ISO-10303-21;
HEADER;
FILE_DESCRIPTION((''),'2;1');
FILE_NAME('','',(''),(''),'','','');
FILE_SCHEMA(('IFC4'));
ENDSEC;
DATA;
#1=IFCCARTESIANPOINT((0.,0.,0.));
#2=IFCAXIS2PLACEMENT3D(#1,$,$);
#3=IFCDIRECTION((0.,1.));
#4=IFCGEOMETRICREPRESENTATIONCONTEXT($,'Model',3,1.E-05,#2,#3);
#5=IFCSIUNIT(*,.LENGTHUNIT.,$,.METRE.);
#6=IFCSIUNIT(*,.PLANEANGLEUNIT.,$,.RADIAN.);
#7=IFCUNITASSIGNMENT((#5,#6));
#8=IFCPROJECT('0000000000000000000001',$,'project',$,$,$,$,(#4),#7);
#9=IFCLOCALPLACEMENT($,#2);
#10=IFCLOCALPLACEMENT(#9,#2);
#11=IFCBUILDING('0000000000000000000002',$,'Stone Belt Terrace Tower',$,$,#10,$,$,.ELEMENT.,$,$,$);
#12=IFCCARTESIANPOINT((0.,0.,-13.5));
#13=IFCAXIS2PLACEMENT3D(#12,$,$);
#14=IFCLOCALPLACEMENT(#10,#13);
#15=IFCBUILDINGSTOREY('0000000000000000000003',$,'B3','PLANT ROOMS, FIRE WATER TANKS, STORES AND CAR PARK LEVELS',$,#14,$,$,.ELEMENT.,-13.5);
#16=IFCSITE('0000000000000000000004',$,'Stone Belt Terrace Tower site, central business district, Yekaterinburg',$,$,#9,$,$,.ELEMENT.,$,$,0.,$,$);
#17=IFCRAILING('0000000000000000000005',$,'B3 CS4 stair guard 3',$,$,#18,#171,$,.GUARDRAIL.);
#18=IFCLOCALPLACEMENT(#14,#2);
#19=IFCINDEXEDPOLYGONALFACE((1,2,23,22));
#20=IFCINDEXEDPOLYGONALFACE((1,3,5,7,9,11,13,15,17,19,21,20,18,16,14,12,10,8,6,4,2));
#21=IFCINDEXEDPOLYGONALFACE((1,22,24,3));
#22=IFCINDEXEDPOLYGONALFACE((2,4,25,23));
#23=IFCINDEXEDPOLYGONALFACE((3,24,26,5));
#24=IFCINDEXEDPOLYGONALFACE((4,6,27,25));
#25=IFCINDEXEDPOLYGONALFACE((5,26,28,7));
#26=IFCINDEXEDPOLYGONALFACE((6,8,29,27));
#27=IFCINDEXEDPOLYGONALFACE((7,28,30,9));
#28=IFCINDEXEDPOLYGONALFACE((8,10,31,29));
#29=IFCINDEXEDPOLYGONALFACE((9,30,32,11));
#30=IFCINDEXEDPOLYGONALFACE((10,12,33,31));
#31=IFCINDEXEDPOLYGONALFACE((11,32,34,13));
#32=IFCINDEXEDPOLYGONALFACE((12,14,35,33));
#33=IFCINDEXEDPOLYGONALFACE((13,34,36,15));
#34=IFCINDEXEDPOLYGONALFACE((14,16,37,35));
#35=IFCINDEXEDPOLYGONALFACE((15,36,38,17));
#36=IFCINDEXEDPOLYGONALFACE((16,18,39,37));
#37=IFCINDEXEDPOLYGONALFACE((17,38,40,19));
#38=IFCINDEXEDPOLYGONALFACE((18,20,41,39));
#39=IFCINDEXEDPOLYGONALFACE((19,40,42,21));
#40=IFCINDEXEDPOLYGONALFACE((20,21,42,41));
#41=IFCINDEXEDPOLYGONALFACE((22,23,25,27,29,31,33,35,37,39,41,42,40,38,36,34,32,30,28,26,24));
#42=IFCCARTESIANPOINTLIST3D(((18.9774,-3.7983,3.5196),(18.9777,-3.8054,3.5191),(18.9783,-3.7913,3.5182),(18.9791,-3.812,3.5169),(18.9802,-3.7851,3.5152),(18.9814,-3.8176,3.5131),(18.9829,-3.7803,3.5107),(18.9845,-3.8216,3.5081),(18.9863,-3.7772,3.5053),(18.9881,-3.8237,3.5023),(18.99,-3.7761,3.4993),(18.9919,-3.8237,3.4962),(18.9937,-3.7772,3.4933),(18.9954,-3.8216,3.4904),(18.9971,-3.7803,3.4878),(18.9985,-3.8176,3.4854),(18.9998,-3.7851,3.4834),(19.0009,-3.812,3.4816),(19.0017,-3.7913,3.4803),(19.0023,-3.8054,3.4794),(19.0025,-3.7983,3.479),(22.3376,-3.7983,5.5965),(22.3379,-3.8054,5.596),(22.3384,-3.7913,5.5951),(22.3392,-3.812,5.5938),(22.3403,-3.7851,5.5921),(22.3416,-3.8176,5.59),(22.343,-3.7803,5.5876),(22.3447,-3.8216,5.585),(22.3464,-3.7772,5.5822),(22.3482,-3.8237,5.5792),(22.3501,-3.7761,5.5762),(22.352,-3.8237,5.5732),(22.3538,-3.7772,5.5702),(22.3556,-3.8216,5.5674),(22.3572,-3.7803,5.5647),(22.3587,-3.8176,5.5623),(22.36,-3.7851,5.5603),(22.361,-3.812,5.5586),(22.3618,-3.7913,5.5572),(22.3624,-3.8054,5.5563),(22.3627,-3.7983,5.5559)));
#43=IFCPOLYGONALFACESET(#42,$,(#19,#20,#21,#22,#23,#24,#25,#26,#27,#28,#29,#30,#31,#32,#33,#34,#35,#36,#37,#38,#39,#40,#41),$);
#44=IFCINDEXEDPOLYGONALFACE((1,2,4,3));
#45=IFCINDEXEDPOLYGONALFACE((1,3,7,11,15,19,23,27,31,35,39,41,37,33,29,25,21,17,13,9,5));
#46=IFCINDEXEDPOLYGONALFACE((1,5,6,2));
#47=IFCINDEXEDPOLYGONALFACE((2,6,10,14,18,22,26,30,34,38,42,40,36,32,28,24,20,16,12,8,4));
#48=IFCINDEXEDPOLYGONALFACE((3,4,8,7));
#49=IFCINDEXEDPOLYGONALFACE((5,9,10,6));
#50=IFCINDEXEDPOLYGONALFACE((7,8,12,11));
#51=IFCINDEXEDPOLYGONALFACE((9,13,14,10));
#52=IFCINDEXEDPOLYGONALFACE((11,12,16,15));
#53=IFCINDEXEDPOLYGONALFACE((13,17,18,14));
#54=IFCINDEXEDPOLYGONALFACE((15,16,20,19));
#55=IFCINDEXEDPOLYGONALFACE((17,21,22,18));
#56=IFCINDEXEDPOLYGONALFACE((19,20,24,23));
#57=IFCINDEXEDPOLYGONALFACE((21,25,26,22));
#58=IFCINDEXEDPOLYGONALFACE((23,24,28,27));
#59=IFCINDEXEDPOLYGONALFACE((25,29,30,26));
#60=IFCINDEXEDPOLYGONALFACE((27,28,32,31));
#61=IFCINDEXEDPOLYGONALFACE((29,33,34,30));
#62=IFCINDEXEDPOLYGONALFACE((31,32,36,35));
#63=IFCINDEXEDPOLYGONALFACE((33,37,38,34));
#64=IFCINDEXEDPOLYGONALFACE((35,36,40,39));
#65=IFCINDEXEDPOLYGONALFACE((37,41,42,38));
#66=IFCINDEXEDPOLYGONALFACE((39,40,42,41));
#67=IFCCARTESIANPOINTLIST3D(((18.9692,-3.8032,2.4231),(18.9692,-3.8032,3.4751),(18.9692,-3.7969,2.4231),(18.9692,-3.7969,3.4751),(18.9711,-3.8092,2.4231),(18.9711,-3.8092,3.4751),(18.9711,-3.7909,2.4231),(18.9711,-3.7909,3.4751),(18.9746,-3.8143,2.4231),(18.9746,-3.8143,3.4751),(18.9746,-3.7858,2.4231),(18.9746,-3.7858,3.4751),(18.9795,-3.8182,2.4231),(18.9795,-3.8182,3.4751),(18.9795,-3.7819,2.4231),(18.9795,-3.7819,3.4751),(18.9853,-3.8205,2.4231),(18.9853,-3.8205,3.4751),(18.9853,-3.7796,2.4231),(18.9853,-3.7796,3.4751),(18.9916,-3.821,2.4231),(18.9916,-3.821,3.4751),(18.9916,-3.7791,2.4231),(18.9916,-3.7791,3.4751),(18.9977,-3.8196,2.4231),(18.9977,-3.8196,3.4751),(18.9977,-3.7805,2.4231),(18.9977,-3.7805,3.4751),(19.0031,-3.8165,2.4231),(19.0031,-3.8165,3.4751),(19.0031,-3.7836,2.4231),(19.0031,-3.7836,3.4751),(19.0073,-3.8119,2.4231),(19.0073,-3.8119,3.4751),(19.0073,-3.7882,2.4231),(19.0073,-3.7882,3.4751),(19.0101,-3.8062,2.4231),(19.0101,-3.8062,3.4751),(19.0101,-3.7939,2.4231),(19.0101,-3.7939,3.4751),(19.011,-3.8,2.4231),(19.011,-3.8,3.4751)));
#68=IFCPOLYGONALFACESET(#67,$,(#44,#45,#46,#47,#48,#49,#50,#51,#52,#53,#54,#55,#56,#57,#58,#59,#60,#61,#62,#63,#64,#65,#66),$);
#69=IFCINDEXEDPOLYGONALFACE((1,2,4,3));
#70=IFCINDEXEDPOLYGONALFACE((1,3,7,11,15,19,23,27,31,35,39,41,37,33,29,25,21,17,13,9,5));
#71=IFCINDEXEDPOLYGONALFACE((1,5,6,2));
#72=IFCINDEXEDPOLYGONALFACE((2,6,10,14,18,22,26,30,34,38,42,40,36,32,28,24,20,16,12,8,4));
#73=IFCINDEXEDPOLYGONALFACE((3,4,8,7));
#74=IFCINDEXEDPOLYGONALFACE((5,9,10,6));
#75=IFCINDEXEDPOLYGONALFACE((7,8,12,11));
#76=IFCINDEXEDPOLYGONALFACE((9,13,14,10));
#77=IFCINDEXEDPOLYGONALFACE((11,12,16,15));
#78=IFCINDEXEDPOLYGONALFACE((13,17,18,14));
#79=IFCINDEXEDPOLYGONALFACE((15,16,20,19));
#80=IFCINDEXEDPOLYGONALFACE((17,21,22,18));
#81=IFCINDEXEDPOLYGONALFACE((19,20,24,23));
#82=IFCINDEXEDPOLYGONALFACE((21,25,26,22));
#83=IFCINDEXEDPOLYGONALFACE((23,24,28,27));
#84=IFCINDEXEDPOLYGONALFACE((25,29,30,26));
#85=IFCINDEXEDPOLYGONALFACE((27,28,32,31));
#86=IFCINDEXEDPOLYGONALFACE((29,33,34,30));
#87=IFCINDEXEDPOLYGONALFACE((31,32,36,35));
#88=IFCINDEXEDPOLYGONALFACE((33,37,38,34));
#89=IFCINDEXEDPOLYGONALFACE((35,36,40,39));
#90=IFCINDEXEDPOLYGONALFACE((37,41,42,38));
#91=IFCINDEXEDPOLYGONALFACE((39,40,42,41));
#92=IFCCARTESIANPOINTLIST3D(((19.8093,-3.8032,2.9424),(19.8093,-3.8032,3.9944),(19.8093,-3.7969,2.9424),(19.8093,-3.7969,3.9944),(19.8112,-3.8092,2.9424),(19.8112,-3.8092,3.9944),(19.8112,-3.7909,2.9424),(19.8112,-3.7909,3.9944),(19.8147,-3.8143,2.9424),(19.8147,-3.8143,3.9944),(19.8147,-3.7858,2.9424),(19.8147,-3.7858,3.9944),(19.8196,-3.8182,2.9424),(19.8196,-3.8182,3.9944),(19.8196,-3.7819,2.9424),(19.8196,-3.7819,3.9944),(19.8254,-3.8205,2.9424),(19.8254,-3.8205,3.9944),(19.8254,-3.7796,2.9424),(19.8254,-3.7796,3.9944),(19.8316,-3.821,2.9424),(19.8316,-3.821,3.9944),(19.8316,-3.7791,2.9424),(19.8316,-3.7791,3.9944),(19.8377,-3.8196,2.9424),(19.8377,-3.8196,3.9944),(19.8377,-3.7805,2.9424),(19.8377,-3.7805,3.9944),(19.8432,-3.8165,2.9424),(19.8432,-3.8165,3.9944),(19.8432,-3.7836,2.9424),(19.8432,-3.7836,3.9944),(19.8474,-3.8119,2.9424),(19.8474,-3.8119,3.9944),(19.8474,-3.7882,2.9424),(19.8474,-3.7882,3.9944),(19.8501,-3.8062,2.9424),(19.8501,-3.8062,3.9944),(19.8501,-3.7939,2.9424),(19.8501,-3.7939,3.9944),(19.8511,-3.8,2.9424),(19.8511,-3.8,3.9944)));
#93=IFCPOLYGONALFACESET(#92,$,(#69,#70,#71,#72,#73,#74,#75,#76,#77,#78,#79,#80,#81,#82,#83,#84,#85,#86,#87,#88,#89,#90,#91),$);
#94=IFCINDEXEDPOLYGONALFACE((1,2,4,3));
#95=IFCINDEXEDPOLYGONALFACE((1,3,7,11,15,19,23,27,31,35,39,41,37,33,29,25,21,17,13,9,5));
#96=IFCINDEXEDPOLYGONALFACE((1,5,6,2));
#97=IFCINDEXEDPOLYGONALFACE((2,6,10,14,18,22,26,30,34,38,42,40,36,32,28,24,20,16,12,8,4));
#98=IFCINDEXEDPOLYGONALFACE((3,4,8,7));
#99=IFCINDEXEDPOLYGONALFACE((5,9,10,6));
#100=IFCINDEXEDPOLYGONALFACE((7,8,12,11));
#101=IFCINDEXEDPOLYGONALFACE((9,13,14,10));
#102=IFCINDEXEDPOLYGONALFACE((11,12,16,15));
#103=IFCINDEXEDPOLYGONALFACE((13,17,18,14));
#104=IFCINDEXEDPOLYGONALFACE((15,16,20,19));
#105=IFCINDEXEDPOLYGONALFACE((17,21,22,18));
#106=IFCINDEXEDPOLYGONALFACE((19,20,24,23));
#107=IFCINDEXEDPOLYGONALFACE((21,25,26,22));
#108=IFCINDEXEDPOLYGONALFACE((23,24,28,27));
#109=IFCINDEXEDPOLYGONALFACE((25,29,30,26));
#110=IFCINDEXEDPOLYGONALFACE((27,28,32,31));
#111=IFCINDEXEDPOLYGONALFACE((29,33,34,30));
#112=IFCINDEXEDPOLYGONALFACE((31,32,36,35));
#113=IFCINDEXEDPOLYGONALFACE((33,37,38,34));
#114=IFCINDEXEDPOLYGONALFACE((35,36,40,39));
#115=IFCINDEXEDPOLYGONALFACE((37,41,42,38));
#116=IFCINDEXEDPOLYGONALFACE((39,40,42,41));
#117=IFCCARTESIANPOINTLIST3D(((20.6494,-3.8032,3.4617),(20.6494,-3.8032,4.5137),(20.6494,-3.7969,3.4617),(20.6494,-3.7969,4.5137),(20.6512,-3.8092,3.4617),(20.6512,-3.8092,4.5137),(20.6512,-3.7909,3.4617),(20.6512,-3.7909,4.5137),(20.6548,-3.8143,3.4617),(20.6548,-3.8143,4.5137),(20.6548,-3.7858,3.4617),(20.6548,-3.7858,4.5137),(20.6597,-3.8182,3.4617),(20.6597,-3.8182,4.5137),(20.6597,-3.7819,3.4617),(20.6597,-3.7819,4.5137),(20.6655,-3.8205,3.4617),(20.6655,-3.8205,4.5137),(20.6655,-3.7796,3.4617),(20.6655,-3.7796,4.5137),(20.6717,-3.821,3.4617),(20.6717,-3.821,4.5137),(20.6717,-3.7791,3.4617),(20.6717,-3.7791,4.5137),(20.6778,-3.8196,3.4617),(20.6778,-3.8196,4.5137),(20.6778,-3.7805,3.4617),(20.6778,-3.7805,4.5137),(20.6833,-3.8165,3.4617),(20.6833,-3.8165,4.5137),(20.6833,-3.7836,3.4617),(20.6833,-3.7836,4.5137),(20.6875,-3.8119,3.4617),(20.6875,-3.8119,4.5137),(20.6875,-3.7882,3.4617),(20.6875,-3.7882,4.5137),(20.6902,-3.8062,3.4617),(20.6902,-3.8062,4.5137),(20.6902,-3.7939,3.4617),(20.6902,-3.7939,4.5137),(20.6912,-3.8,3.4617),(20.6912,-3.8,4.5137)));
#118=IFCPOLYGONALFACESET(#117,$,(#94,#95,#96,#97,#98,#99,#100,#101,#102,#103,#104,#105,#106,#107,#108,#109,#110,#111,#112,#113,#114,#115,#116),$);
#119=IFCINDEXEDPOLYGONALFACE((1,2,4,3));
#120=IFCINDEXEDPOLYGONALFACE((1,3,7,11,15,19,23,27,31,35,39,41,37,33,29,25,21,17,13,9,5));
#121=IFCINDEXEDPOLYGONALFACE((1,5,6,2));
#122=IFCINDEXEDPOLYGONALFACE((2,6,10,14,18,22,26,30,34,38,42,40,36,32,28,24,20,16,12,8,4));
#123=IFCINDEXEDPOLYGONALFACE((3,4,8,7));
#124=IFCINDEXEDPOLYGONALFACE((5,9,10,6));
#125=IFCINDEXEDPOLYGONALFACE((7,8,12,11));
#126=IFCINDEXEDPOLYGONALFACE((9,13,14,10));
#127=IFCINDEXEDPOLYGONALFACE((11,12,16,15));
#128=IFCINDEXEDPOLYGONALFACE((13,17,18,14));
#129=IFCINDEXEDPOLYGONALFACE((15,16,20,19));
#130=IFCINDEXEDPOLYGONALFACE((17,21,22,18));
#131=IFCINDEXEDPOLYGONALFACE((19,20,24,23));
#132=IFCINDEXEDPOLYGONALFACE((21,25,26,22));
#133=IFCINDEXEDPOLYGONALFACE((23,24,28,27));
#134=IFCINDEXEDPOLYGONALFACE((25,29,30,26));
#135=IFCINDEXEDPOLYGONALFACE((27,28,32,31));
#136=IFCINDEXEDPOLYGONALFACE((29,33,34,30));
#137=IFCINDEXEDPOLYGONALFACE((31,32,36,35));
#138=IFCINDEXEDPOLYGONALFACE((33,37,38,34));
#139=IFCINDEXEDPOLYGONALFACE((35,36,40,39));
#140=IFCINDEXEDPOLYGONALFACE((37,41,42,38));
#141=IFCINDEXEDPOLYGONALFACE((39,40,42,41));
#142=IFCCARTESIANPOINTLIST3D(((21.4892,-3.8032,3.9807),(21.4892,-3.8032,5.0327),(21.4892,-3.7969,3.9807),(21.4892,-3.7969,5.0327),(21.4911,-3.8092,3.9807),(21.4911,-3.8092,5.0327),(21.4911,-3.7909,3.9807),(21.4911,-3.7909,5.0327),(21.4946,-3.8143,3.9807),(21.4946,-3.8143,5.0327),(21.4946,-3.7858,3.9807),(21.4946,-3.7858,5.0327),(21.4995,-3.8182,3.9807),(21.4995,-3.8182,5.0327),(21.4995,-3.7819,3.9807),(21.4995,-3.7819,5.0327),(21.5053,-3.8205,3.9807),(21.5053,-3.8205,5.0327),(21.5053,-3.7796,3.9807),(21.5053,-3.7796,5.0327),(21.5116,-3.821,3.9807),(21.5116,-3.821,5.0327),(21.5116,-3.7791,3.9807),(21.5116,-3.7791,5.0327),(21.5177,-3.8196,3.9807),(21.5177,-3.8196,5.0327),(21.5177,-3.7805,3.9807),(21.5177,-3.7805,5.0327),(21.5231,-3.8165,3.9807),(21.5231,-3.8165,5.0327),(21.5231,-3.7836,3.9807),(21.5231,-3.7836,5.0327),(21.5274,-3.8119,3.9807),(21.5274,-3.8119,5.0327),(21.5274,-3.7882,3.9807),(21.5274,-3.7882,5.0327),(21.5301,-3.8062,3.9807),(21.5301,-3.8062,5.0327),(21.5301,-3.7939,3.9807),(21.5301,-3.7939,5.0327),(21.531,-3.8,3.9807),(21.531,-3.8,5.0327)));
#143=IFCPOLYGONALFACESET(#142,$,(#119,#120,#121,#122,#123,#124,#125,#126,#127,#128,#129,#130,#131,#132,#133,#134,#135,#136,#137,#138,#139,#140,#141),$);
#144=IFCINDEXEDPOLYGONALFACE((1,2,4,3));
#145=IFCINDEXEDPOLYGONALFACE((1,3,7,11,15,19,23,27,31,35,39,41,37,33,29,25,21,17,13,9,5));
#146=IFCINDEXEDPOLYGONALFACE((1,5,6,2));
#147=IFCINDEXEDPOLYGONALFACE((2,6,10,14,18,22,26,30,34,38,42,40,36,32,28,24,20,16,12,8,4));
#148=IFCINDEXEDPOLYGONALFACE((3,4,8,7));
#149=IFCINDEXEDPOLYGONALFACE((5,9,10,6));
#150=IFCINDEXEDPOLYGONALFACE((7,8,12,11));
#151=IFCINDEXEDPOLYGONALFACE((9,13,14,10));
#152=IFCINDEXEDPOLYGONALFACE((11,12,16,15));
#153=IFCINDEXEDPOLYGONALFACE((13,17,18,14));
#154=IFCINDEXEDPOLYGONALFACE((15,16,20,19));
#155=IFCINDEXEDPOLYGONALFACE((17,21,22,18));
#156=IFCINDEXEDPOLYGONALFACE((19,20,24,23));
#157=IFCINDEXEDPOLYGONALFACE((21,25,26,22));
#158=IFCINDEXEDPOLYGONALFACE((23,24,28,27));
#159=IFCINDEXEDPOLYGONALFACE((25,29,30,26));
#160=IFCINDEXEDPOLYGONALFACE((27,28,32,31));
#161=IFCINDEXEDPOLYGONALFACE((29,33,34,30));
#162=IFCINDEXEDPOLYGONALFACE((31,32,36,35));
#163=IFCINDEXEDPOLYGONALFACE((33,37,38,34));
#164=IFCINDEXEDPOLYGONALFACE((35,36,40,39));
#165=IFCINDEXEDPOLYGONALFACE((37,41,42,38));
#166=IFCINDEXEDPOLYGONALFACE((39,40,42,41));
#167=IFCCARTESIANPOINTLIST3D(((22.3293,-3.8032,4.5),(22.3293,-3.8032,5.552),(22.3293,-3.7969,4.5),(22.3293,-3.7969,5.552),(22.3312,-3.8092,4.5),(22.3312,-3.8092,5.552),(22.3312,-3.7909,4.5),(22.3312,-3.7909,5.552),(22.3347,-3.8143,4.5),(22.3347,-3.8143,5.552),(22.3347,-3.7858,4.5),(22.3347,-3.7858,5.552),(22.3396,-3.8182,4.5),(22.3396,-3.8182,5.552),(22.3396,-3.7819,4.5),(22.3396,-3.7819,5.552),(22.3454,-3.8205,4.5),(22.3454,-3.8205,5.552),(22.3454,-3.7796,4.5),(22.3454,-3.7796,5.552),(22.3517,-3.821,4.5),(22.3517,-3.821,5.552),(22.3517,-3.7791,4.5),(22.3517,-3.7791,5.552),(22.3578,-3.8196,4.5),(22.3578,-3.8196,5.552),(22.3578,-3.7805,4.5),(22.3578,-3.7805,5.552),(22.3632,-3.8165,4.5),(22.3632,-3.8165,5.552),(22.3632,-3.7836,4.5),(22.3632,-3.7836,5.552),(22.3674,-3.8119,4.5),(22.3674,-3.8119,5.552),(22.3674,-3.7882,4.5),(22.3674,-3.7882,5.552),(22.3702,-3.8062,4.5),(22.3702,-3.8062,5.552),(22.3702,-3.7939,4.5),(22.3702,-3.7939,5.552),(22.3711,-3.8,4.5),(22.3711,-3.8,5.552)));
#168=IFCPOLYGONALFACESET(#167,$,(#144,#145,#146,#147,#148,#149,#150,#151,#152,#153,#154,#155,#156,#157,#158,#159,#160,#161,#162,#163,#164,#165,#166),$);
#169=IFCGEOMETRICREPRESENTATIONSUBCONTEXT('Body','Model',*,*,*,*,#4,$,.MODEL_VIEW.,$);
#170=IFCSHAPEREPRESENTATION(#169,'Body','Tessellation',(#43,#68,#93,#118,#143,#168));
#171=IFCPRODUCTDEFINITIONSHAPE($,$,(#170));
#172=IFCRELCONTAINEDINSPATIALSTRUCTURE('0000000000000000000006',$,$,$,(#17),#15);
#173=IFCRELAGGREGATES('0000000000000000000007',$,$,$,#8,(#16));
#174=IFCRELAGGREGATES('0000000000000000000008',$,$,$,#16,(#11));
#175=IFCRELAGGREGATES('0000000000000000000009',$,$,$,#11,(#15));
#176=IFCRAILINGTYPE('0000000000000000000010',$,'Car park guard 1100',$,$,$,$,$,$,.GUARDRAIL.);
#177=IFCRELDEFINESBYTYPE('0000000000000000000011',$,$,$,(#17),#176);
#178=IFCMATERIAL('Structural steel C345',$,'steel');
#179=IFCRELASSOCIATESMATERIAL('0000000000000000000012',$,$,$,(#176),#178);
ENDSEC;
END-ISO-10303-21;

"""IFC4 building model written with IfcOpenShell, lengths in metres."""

from ifc_helpers import new_model, si_unit, direction, frame, origin, origin_2d, place, context, subcontext, project, spatial, circle, extrude, material, type_object, element, save


model = new_model("IFC4")

# Units and contexts
model_context = context("Model", 3, precision=1e-05, world=origin(), true_north=direction((0.0, 1.0)))
body_context = subcontext(model_context, "Body", "Model", "MODEL_VIEW")
ifc_project = project(units=[si_unit("LENGTHUNIT", "METRE"), si_unit("PLANEANGLEUNIT", "RADIAN")], contexts=[model_context])

# Site, building, storey
site_placement = place(None, origin())
site = spatial("IfcSite", under=ifc_project, at=site_placement, Name="Stone Belt Terrace Tower site, central business district, Yekaterinburg", CompositionType="ELEMENT", RefElevation=0.0)
building_placement = place(site_placement, origin())
building = spatial("IfcBuilding", under=site, at=building_placement, Name="Stone Belt Terrace Tower", CompositionType="ELEMENT")
storey_placement = place(building_placement, frame((0.0, 0.0, -13.5)))
storey = spatial("IfcBuildingStorey", under=building, at=storey_placement, Name="B3", Description="PLANT ROOMS, FIRE WATER TANKS, STORES AND CAR PARK LEVELS", CompositionType="ELEMENT", Elevation=-13.5)

# Railing
ifc_material_1 = material(Name="Structural steel C345", Category="steel")
railing_type_1 = type_object("IfcRailingType", Name="Car park guard 1100", PredefinedType="GUARDRAIL", material=ifc_material_1)
railing_1_placement = place(storey_placement, frame((18.99, -3.8, 2.4231)))
element("IfcRailing", 1, at=railing_1_placement, inside=storey, type_object=railing_type_1, Name="B3 CS4 stair guard 3", PredefinedType="GUARDRAIL", context=body_context, shape_type="SweptSolid", body=[
    extrude(circle(Radius=0.0239, at=origin_2d()), frame((0.0, 0.0, 1.0762), z_axis=(0.850623, 0.0, 0.525776), x_axis=(0.0, 1.0, 0.0)), (0.0, 0.0, 1.0), 3.9502),
    extrude(circle(Radius=0.021, at=origin_2d()), origin(), (0.0, 0.0, 1.0), 1.052),
    extrude(circle(Radius=0.021, at=origin_2d()), frame((0.8401, 0.0, 0.5193)), (0.0, 0.0, 1.0), 1.052),
    extrude(circle(Radius=0.021, at=origin_2d()), frame((1.6802, 0.0, 1.0386)), (0.0, 0.0, 1.0), 1.052),
    extrude(circle(Radius=0.021, at=origin_2d()), frame((2.52, 0.0, 1.5576)), (0.0, 0.0, 1.0), 1.052),
    extrude(circle(Radius=0.021, at=origin_2d()), frame((3.3601, 0.0, 2.0769)), (0.0, 0.0, 1.0), 1.052),
])

save(model, "model.ifc")
